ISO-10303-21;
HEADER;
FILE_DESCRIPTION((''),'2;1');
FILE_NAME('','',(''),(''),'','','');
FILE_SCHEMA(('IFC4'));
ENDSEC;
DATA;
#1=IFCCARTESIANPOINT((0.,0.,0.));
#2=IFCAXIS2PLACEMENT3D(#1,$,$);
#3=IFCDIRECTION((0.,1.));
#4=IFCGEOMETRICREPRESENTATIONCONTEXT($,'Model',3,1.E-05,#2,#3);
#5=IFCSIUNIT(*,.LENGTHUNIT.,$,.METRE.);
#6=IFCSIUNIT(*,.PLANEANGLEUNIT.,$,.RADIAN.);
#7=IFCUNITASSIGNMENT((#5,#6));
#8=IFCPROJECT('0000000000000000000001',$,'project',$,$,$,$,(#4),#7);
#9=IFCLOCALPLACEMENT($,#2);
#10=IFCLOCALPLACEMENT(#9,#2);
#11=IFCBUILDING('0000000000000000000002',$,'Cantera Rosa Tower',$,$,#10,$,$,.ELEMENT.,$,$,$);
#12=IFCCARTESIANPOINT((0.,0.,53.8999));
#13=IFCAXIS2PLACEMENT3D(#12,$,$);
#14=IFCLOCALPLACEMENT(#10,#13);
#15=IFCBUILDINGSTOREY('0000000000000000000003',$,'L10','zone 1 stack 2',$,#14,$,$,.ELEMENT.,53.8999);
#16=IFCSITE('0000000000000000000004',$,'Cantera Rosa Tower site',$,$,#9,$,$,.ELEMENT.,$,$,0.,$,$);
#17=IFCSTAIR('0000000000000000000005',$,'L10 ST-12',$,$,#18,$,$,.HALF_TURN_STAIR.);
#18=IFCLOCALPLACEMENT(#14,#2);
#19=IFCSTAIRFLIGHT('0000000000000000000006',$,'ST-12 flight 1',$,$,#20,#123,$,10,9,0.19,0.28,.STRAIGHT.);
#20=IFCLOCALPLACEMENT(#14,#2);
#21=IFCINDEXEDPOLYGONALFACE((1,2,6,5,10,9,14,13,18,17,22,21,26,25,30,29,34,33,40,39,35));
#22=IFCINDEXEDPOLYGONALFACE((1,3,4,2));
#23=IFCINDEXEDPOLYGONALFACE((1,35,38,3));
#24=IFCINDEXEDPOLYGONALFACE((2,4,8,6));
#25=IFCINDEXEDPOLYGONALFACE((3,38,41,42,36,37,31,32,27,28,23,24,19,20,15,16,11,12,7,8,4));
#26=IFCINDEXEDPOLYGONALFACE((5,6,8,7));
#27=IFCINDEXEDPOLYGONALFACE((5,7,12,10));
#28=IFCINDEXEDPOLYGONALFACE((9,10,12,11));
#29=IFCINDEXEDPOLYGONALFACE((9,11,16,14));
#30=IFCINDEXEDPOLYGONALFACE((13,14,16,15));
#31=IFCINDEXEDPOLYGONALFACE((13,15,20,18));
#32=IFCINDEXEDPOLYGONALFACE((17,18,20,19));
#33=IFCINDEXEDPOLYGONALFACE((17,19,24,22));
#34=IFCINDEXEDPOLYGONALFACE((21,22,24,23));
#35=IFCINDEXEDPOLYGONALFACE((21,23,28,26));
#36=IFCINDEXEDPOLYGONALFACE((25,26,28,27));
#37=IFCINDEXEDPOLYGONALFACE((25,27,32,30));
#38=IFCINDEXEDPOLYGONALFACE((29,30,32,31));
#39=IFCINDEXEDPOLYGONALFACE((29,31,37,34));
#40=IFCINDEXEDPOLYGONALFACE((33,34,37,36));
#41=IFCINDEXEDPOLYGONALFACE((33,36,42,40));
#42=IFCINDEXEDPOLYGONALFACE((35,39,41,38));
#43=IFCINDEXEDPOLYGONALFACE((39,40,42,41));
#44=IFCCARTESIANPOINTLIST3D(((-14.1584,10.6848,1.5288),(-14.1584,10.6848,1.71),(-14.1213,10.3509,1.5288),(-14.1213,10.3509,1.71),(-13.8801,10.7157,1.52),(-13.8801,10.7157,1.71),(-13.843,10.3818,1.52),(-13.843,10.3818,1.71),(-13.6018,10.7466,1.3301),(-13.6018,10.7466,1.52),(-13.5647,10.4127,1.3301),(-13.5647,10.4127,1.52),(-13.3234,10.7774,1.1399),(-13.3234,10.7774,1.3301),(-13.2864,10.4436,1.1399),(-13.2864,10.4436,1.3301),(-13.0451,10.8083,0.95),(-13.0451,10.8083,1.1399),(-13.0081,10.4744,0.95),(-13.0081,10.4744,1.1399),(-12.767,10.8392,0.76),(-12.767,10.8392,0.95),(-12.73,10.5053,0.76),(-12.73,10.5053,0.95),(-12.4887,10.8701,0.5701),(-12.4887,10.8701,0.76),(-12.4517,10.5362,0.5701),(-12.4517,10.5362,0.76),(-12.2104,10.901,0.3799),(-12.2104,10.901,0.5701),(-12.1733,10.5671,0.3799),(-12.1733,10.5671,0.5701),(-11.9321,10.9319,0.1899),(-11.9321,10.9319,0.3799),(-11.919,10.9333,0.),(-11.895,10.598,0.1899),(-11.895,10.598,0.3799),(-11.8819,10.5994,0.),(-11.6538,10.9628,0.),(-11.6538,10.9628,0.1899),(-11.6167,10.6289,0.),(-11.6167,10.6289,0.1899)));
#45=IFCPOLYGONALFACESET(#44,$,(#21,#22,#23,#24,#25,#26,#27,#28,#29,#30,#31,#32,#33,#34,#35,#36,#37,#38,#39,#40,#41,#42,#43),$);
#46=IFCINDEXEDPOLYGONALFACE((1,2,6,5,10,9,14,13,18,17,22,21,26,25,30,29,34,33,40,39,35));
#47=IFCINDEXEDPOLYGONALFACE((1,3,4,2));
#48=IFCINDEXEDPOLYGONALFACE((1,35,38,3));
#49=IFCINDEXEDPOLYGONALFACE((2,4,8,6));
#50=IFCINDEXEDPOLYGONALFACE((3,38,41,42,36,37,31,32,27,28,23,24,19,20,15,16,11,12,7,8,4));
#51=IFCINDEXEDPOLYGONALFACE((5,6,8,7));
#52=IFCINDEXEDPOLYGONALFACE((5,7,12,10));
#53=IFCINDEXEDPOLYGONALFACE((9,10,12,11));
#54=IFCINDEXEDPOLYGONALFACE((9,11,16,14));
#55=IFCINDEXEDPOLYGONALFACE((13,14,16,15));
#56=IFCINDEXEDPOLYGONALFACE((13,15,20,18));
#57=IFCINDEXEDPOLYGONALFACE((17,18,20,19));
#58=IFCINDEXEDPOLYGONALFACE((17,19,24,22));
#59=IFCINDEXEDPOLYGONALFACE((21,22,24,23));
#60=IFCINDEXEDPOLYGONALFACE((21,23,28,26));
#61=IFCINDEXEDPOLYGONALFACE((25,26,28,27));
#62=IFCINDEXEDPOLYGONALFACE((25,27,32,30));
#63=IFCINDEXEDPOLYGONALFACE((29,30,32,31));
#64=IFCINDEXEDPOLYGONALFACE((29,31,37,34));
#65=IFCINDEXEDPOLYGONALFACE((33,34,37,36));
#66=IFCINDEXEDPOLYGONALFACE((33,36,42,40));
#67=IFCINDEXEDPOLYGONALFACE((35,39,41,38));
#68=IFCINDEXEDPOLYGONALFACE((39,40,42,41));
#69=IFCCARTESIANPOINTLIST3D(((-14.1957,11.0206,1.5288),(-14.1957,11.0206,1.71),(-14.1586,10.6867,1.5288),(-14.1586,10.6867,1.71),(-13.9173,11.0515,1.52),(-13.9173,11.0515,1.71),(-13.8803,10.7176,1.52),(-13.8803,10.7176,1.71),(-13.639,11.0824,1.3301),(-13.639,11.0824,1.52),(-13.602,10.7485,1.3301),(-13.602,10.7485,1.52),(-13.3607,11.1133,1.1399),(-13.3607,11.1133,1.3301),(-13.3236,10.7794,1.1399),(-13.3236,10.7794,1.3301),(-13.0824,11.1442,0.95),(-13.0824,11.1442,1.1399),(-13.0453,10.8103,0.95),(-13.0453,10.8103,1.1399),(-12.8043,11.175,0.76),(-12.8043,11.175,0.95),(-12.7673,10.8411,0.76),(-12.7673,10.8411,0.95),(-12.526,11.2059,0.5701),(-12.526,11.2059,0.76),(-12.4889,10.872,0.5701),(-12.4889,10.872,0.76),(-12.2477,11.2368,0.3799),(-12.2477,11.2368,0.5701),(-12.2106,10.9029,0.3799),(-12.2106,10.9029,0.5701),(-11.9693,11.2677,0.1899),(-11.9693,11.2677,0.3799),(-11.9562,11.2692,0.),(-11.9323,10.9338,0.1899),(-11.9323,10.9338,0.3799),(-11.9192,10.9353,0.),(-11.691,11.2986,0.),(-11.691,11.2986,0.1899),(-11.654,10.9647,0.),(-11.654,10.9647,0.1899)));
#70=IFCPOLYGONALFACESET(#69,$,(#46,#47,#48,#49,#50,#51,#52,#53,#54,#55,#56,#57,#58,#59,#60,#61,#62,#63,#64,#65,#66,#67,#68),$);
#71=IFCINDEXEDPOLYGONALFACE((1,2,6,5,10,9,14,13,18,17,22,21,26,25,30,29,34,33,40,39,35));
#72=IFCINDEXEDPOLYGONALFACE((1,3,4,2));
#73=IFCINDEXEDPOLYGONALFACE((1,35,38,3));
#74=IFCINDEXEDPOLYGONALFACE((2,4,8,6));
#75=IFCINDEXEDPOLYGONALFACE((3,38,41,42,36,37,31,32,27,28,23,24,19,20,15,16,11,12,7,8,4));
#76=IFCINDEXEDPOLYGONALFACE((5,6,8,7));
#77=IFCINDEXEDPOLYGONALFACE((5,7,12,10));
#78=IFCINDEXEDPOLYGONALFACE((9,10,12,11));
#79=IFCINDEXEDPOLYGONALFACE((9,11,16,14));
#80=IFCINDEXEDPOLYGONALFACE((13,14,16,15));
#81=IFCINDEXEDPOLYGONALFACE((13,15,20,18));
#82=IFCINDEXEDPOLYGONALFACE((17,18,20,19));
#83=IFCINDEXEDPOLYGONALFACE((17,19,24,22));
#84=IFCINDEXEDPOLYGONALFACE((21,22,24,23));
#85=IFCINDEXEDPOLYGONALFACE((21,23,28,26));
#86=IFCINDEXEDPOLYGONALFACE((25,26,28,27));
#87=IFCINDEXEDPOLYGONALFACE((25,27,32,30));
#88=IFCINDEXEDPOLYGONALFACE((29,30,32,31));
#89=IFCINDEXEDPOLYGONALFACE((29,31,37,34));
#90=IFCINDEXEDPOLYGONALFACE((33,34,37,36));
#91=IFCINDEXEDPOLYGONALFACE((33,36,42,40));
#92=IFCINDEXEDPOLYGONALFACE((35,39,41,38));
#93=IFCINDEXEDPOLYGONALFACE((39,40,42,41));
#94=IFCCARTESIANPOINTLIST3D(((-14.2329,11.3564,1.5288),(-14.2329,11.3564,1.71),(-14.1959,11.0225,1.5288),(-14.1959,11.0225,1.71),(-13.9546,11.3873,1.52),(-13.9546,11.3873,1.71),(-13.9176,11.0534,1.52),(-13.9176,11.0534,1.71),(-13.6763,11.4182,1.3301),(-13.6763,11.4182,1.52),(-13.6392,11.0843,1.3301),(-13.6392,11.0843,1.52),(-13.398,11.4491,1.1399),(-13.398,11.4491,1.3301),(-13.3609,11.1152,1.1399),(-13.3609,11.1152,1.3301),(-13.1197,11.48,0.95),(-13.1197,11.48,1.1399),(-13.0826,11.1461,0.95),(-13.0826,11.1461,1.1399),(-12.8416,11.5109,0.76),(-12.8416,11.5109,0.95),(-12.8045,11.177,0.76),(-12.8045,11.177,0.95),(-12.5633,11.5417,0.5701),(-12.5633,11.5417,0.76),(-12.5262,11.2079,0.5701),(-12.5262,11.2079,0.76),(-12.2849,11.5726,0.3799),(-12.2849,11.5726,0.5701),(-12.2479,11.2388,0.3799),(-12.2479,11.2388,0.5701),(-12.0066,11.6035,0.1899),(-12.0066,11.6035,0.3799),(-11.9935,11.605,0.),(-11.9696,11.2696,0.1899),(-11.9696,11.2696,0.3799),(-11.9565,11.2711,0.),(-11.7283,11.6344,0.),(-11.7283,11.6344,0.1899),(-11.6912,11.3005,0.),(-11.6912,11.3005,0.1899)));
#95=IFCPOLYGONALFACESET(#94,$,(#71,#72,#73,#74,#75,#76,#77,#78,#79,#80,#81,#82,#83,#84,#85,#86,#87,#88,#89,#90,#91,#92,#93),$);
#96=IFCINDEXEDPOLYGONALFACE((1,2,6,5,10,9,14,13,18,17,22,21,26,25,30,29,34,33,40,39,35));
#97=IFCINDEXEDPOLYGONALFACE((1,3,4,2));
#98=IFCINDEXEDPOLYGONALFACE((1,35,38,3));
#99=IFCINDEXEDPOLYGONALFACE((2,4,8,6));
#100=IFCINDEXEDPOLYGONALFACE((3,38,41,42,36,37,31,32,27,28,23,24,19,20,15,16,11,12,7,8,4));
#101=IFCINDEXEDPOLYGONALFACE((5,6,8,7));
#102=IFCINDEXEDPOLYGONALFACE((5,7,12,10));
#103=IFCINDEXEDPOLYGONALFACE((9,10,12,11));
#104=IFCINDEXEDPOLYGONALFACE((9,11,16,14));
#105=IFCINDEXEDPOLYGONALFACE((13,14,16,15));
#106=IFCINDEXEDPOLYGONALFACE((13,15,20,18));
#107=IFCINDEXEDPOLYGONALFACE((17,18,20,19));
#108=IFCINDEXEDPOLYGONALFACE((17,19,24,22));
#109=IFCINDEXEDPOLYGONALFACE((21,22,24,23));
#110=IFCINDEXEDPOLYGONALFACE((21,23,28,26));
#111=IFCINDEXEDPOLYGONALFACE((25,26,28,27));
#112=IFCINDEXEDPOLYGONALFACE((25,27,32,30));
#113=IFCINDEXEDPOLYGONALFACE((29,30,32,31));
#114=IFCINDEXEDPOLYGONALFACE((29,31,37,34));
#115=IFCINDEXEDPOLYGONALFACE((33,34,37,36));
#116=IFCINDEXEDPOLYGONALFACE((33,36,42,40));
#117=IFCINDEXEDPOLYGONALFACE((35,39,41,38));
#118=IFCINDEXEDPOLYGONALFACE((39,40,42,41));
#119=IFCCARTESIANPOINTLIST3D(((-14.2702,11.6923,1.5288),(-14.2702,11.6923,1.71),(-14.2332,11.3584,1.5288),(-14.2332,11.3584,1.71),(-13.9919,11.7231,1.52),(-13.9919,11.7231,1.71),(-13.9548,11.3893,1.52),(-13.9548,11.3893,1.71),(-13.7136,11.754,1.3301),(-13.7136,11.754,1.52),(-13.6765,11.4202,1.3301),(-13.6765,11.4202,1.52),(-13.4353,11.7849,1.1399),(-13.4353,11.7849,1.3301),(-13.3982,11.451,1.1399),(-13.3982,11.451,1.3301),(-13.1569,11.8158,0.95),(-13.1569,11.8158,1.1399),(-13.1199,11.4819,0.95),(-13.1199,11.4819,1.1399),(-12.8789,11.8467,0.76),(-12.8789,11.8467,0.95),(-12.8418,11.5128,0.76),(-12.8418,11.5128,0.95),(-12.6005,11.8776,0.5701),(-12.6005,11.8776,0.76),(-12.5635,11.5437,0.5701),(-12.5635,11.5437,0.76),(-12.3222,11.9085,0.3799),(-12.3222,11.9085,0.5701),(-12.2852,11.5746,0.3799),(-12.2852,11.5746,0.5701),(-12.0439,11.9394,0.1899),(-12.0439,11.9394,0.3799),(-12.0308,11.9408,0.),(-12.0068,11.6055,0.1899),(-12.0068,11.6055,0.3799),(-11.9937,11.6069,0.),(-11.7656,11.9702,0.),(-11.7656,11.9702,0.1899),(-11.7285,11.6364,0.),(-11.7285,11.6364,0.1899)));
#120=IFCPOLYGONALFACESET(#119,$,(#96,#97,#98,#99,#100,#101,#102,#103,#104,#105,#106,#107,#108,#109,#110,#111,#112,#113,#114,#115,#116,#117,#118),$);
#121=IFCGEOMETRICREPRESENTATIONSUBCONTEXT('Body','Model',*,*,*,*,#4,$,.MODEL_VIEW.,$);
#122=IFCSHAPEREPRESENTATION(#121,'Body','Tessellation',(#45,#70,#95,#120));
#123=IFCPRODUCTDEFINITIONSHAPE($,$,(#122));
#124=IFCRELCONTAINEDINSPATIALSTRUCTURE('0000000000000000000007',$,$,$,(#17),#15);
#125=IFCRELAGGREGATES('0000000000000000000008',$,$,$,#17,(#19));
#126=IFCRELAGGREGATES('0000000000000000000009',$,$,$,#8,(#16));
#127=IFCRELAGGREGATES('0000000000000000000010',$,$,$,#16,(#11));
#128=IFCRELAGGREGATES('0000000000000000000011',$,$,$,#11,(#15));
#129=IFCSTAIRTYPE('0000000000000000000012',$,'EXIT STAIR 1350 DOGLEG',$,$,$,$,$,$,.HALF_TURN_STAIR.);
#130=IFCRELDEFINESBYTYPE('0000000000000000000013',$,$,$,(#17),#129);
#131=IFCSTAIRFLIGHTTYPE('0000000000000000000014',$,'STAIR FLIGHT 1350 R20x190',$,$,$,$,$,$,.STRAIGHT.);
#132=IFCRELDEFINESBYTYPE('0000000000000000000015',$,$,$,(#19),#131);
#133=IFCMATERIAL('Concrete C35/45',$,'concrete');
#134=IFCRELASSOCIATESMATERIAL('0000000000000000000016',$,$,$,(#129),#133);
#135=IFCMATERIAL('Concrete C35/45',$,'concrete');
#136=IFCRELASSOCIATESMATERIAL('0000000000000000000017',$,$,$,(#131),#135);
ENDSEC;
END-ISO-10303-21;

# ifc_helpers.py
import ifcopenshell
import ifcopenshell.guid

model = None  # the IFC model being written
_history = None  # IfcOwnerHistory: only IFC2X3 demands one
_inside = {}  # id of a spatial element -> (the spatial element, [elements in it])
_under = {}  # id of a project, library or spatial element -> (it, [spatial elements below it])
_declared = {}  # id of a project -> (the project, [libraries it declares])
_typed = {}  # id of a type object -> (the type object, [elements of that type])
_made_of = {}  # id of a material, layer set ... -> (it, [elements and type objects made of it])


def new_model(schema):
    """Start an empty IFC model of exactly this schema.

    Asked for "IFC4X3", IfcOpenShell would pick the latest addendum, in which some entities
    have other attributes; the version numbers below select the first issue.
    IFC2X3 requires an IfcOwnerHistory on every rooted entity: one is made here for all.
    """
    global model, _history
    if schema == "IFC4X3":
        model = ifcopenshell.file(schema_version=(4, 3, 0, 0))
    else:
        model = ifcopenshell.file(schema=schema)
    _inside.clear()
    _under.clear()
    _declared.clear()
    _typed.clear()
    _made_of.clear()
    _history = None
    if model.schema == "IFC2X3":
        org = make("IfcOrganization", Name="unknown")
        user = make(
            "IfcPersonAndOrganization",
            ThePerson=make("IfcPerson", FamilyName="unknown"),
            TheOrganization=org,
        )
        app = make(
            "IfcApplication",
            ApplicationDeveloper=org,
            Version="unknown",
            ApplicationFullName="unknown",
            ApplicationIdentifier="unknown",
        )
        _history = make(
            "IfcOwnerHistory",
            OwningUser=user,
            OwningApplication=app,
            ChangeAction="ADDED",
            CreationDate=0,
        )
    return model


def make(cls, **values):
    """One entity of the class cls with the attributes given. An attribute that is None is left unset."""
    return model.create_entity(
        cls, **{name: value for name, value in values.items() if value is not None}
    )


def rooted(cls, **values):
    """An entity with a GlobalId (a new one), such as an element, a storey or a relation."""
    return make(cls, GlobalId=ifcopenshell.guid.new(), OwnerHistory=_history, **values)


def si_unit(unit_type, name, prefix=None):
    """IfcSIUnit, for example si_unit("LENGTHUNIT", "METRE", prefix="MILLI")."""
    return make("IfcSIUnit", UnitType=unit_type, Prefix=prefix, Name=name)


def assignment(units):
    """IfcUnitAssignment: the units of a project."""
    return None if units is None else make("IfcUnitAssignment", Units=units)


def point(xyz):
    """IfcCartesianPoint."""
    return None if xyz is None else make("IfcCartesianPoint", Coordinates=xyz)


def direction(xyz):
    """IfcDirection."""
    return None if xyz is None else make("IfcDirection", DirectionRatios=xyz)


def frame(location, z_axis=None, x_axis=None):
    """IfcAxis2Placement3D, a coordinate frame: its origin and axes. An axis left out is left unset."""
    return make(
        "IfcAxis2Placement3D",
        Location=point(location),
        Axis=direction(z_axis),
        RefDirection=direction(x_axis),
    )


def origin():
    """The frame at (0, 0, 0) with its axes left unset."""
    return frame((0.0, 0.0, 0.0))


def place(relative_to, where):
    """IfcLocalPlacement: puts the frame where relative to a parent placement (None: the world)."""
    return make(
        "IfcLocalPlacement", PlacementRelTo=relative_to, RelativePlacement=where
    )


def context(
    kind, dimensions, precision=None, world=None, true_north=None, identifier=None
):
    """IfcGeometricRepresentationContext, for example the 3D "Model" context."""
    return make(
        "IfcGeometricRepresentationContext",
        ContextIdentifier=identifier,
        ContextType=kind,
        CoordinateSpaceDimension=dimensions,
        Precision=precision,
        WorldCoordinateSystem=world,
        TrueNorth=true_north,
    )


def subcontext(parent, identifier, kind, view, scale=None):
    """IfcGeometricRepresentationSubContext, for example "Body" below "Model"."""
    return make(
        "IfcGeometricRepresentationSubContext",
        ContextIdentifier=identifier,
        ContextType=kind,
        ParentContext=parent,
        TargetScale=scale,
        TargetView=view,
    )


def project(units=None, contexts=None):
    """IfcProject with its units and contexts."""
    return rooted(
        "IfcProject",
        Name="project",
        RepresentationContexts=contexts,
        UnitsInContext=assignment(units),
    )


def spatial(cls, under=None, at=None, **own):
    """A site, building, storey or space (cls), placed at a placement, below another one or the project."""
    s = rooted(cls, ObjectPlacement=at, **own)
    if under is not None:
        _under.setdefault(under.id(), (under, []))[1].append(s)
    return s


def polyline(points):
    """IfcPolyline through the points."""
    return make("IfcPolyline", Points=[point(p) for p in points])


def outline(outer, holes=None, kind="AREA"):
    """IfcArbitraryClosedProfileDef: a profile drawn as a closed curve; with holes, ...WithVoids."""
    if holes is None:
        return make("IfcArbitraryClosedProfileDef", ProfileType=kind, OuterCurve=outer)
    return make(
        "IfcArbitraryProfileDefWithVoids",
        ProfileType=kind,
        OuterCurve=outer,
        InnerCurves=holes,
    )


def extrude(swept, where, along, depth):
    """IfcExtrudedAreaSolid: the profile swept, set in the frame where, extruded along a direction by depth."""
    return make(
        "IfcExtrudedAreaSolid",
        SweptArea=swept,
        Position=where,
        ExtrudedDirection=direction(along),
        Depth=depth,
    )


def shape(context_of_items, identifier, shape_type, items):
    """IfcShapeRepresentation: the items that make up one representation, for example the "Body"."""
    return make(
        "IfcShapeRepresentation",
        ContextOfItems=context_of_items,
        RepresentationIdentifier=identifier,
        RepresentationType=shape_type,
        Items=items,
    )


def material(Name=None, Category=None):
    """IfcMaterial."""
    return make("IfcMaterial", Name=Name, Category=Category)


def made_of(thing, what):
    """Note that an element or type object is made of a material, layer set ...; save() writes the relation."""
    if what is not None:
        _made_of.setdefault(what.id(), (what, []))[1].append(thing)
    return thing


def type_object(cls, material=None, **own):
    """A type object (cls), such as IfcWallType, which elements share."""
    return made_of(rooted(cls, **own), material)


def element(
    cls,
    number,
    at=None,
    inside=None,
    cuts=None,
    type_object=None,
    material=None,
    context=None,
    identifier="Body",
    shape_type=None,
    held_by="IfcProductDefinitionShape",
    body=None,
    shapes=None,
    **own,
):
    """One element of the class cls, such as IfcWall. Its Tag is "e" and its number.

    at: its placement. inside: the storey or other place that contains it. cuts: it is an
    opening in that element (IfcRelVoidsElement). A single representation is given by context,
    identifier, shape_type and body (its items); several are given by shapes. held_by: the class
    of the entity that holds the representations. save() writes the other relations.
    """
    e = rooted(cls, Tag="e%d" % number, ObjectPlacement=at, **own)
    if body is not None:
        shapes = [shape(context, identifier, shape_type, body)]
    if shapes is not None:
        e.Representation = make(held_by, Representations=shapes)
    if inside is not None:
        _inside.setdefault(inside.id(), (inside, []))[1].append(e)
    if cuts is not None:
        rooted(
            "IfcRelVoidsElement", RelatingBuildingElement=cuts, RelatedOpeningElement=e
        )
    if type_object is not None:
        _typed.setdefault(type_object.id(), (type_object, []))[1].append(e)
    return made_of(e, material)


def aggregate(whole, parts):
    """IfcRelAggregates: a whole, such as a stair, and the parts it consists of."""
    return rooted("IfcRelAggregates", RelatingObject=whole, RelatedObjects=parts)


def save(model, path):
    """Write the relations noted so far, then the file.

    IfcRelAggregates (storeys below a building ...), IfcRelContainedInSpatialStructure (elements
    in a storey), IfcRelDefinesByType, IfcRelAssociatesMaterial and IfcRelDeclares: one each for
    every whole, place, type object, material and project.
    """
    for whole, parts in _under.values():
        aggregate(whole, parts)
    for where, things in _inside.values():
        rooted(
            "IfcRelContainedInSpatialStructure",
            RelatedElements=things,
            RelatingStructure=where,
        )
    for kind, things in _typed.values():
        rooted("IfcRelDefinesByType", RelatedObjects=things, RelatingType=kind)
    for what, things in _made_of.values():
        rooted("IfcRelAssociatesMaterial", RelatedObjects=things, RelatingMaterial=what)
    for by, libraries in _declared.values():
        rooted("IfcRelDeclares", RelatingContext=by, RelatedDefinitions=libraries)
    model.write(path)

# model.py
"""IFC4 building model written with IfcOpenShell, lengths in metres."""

from ifc_helpers import new_model, si_unit, direction, frame, origin, place, context, subcontext, project, spatial, polyline, outline, extrude, material, type_object, element, aggregate, save


model = new_model("IFC4")

# Units and contexts
model_context = context("Model", 3, precision=1e-05, world=origin(), true_north=direction((0.0, 1.0)))
body_context = subcontext(model_context, "Body", "Model", "MODEL_VIEW")
ifc_project = project(units=[si_unit("LENGTHUNIT", "METRE"), si_unit("PLANEANGLEUNIT", "RADIAN")], contexts=[model_context])

# Site, building, storey
site_placement = place(None, origin())
site = spatial("IfcSite", under=ifc_project, at=site_placement, Name="Cantera Rosa Tower site", CompositionType="ELEMENT", RefElevation=0.0)
building_placement = place(site_placement, origin())
building = spatial("IfcBuilding", under=site, at=building_placement, Name="Cantera Rosa Tower", CompositionType="ELEMENT")
storey_placement = place(building_placement, frame((0.0, 0.0, 53.8999)))
storey = spatial("IfcBuildingStorey", under=building, at=storey_placement, Name="L10", Description="zone 1 stack 2", CompositionType="ELEMENT", Elevation=53.8999)

# Stair, stair flight
ifc_material_1 = material(Name="Concrete C35/45", Category="concrete")
stair_type = type_object("IfcStairType", Name="EXIT STAIR 1350 DOGLEG", PredefinedType="HALF_TURN_STAIR", material=ifc_material_1)
stair_placement = place(storey_placement, origin())
stair = element("IfcStair", 1, at=stair_placement, inside=storey, type_object=stair_type, Name="L10 ST-12", PredefinedType="HALF_TURN_STAIR")
ifc_material_2 = material(Name="Concrete C35/45", Category="concrete")
stair_flight_type = type_object("IfcStairFlightType", Name="STAIR FLIGHT 1350 R20x190", PredefinedType="STRAIGHT", material=ifc_material_2)
stair_flight_1_placement = place(storey_placement, frame((-11.6912, 11.2998, 0.0), z_axis=(0.0, 0.0, 1.0), x_axis=(-0.993897, -0.110313, 0.0)))
stair_flight_1 = element("IfcStairFlight", 2, at=stair_flight_1_placement, type_object=stair_flight_type, Name="ST-12 flight 1", NumberOfRisers=10, NumberOfTreads=9, PredefinedType="STRAIGHT", RiserHeight=0.19, TreadLength=0.28, context=body_context, shape_type="SweptSolid", body=[
    extrude(outline(polyline([(0.0, 0.0), (0.0, 0.1899), (0.28, 0.1899), (0.28, 0.3799), (0.5601, 0.3799), (0.5601, 0.5701), (0.8401, 0.5701), (0.8401, 0.76), (1.1201, 0.76), (1.1201, 0.95), (1.3999, 0.95), (1.3999, 1.1399), (1.6799, 1.1399), (1.6799, 1.3301), (1.96, 1.3301), (1.96, 1.52), (2.24, 1.52), (2.24, 1.71), (2.52, 1.71), (2.52, 1.8999), (2.52, 1.5288), (0.2668, 0.0), (0.0, 0.0)])), frame((0.0, 0.675, 0.0), z_axis=(0.0, -1.0, 0.0), x_axis=(1.0, 0.0, 0.0)), (0.0, 0.0, 1.0), 0.3359),
    extrude(outline(polyline([(0.0, 0.0), (0.0, 0.1899), (0.28, 0.1899), (0.28, 0.3799), (0.5601, 0.3799), (0.5601, 0.5701), (0.8401, 0.5701), (0.8401, 0.76), (1.1201, 0.76), (1.1201, 0.95), (1.3999, 0.95), (1.3999, 1.1399), (1.6799, 1.1399), (1.6799, 1.3301), (1.96, 1.3301), (1.96, 1.52), (2.24, 1.52), (2.24, 1.71), (2.52, 1.71), (2.52, 1.8999), (2.52, 1.5288), (0.2668, 0.0), (0.0, 0.0)])), frame((0.0, 0.3372, 0.0), z_axis=(0.0, -1.0, 0.0), x_axis=(1.0, 0.0, 0.0)), (0.0, 0.0, 1.0), 0.3359),
    extrude(outline(polyline([(0.0, 0.0), (0.0, 0.1899), (0.28, 0.1899), (0.28, 0.3799), (0.5601, 0.3799), (0.5601, 0.5701), (0.8401, 0.5701), (0.8401, 0.76), (1.1201, 0.76), (1.1201, 0.95), (1.3999, 0.95), (1.3999, 1.1399), (1.6799, 1.1399), (1.6799, 1.3301), (1.96, 1.3301), (1.96, 1.52), (2.24, 1.52), (2.24, 1.71), (2.52, 1.71), (2.52, 1.8999), (2.52, 1.5288), (0.2668, 0.0), (0.0, 0.0)])), frame((0.0, -0.0007, 0.0), z_axis=(0.0, -1.0, 0.0), x_axis=(1.0, 0.0, 0.0)), (0.0, 0.0, 1.0), 0.3359),
    extrude(outline(polyline([(0.0, 0.0), (0.0, 0.1899), (0.28, 0.1899), (0.28, 0.3799), (0.5601, 0.3799), (0.5601, 0.5701), (0.8401, 0.5701), (0.8401, 0.76), (1.1201, 0.76), (1.1201, 0.95), (1.3999, 0.95), (1.3999, 1.1399), (1.6799, 1.1399), (1.6799, 1.3301), (1.96, 1.3301), (1.96, 1.52), (2.24, 1.52), (2.24, 1.71), (2.52, 1.71), (2.52, 1.8999), (2.52, 1.5288), (0.2668, 0.0), (0.0, 0.0)])), frame((0.0, -0.3386, 0.0), z_axis=(0.0, -1.0, 0.0), x_axis=(1.0, 0.0, 0.0)), (0.0, 0.0, 1.0), 0.3359),
])
aggregate(stair, [stair_flight_1])

save(model, "model.ifc")
